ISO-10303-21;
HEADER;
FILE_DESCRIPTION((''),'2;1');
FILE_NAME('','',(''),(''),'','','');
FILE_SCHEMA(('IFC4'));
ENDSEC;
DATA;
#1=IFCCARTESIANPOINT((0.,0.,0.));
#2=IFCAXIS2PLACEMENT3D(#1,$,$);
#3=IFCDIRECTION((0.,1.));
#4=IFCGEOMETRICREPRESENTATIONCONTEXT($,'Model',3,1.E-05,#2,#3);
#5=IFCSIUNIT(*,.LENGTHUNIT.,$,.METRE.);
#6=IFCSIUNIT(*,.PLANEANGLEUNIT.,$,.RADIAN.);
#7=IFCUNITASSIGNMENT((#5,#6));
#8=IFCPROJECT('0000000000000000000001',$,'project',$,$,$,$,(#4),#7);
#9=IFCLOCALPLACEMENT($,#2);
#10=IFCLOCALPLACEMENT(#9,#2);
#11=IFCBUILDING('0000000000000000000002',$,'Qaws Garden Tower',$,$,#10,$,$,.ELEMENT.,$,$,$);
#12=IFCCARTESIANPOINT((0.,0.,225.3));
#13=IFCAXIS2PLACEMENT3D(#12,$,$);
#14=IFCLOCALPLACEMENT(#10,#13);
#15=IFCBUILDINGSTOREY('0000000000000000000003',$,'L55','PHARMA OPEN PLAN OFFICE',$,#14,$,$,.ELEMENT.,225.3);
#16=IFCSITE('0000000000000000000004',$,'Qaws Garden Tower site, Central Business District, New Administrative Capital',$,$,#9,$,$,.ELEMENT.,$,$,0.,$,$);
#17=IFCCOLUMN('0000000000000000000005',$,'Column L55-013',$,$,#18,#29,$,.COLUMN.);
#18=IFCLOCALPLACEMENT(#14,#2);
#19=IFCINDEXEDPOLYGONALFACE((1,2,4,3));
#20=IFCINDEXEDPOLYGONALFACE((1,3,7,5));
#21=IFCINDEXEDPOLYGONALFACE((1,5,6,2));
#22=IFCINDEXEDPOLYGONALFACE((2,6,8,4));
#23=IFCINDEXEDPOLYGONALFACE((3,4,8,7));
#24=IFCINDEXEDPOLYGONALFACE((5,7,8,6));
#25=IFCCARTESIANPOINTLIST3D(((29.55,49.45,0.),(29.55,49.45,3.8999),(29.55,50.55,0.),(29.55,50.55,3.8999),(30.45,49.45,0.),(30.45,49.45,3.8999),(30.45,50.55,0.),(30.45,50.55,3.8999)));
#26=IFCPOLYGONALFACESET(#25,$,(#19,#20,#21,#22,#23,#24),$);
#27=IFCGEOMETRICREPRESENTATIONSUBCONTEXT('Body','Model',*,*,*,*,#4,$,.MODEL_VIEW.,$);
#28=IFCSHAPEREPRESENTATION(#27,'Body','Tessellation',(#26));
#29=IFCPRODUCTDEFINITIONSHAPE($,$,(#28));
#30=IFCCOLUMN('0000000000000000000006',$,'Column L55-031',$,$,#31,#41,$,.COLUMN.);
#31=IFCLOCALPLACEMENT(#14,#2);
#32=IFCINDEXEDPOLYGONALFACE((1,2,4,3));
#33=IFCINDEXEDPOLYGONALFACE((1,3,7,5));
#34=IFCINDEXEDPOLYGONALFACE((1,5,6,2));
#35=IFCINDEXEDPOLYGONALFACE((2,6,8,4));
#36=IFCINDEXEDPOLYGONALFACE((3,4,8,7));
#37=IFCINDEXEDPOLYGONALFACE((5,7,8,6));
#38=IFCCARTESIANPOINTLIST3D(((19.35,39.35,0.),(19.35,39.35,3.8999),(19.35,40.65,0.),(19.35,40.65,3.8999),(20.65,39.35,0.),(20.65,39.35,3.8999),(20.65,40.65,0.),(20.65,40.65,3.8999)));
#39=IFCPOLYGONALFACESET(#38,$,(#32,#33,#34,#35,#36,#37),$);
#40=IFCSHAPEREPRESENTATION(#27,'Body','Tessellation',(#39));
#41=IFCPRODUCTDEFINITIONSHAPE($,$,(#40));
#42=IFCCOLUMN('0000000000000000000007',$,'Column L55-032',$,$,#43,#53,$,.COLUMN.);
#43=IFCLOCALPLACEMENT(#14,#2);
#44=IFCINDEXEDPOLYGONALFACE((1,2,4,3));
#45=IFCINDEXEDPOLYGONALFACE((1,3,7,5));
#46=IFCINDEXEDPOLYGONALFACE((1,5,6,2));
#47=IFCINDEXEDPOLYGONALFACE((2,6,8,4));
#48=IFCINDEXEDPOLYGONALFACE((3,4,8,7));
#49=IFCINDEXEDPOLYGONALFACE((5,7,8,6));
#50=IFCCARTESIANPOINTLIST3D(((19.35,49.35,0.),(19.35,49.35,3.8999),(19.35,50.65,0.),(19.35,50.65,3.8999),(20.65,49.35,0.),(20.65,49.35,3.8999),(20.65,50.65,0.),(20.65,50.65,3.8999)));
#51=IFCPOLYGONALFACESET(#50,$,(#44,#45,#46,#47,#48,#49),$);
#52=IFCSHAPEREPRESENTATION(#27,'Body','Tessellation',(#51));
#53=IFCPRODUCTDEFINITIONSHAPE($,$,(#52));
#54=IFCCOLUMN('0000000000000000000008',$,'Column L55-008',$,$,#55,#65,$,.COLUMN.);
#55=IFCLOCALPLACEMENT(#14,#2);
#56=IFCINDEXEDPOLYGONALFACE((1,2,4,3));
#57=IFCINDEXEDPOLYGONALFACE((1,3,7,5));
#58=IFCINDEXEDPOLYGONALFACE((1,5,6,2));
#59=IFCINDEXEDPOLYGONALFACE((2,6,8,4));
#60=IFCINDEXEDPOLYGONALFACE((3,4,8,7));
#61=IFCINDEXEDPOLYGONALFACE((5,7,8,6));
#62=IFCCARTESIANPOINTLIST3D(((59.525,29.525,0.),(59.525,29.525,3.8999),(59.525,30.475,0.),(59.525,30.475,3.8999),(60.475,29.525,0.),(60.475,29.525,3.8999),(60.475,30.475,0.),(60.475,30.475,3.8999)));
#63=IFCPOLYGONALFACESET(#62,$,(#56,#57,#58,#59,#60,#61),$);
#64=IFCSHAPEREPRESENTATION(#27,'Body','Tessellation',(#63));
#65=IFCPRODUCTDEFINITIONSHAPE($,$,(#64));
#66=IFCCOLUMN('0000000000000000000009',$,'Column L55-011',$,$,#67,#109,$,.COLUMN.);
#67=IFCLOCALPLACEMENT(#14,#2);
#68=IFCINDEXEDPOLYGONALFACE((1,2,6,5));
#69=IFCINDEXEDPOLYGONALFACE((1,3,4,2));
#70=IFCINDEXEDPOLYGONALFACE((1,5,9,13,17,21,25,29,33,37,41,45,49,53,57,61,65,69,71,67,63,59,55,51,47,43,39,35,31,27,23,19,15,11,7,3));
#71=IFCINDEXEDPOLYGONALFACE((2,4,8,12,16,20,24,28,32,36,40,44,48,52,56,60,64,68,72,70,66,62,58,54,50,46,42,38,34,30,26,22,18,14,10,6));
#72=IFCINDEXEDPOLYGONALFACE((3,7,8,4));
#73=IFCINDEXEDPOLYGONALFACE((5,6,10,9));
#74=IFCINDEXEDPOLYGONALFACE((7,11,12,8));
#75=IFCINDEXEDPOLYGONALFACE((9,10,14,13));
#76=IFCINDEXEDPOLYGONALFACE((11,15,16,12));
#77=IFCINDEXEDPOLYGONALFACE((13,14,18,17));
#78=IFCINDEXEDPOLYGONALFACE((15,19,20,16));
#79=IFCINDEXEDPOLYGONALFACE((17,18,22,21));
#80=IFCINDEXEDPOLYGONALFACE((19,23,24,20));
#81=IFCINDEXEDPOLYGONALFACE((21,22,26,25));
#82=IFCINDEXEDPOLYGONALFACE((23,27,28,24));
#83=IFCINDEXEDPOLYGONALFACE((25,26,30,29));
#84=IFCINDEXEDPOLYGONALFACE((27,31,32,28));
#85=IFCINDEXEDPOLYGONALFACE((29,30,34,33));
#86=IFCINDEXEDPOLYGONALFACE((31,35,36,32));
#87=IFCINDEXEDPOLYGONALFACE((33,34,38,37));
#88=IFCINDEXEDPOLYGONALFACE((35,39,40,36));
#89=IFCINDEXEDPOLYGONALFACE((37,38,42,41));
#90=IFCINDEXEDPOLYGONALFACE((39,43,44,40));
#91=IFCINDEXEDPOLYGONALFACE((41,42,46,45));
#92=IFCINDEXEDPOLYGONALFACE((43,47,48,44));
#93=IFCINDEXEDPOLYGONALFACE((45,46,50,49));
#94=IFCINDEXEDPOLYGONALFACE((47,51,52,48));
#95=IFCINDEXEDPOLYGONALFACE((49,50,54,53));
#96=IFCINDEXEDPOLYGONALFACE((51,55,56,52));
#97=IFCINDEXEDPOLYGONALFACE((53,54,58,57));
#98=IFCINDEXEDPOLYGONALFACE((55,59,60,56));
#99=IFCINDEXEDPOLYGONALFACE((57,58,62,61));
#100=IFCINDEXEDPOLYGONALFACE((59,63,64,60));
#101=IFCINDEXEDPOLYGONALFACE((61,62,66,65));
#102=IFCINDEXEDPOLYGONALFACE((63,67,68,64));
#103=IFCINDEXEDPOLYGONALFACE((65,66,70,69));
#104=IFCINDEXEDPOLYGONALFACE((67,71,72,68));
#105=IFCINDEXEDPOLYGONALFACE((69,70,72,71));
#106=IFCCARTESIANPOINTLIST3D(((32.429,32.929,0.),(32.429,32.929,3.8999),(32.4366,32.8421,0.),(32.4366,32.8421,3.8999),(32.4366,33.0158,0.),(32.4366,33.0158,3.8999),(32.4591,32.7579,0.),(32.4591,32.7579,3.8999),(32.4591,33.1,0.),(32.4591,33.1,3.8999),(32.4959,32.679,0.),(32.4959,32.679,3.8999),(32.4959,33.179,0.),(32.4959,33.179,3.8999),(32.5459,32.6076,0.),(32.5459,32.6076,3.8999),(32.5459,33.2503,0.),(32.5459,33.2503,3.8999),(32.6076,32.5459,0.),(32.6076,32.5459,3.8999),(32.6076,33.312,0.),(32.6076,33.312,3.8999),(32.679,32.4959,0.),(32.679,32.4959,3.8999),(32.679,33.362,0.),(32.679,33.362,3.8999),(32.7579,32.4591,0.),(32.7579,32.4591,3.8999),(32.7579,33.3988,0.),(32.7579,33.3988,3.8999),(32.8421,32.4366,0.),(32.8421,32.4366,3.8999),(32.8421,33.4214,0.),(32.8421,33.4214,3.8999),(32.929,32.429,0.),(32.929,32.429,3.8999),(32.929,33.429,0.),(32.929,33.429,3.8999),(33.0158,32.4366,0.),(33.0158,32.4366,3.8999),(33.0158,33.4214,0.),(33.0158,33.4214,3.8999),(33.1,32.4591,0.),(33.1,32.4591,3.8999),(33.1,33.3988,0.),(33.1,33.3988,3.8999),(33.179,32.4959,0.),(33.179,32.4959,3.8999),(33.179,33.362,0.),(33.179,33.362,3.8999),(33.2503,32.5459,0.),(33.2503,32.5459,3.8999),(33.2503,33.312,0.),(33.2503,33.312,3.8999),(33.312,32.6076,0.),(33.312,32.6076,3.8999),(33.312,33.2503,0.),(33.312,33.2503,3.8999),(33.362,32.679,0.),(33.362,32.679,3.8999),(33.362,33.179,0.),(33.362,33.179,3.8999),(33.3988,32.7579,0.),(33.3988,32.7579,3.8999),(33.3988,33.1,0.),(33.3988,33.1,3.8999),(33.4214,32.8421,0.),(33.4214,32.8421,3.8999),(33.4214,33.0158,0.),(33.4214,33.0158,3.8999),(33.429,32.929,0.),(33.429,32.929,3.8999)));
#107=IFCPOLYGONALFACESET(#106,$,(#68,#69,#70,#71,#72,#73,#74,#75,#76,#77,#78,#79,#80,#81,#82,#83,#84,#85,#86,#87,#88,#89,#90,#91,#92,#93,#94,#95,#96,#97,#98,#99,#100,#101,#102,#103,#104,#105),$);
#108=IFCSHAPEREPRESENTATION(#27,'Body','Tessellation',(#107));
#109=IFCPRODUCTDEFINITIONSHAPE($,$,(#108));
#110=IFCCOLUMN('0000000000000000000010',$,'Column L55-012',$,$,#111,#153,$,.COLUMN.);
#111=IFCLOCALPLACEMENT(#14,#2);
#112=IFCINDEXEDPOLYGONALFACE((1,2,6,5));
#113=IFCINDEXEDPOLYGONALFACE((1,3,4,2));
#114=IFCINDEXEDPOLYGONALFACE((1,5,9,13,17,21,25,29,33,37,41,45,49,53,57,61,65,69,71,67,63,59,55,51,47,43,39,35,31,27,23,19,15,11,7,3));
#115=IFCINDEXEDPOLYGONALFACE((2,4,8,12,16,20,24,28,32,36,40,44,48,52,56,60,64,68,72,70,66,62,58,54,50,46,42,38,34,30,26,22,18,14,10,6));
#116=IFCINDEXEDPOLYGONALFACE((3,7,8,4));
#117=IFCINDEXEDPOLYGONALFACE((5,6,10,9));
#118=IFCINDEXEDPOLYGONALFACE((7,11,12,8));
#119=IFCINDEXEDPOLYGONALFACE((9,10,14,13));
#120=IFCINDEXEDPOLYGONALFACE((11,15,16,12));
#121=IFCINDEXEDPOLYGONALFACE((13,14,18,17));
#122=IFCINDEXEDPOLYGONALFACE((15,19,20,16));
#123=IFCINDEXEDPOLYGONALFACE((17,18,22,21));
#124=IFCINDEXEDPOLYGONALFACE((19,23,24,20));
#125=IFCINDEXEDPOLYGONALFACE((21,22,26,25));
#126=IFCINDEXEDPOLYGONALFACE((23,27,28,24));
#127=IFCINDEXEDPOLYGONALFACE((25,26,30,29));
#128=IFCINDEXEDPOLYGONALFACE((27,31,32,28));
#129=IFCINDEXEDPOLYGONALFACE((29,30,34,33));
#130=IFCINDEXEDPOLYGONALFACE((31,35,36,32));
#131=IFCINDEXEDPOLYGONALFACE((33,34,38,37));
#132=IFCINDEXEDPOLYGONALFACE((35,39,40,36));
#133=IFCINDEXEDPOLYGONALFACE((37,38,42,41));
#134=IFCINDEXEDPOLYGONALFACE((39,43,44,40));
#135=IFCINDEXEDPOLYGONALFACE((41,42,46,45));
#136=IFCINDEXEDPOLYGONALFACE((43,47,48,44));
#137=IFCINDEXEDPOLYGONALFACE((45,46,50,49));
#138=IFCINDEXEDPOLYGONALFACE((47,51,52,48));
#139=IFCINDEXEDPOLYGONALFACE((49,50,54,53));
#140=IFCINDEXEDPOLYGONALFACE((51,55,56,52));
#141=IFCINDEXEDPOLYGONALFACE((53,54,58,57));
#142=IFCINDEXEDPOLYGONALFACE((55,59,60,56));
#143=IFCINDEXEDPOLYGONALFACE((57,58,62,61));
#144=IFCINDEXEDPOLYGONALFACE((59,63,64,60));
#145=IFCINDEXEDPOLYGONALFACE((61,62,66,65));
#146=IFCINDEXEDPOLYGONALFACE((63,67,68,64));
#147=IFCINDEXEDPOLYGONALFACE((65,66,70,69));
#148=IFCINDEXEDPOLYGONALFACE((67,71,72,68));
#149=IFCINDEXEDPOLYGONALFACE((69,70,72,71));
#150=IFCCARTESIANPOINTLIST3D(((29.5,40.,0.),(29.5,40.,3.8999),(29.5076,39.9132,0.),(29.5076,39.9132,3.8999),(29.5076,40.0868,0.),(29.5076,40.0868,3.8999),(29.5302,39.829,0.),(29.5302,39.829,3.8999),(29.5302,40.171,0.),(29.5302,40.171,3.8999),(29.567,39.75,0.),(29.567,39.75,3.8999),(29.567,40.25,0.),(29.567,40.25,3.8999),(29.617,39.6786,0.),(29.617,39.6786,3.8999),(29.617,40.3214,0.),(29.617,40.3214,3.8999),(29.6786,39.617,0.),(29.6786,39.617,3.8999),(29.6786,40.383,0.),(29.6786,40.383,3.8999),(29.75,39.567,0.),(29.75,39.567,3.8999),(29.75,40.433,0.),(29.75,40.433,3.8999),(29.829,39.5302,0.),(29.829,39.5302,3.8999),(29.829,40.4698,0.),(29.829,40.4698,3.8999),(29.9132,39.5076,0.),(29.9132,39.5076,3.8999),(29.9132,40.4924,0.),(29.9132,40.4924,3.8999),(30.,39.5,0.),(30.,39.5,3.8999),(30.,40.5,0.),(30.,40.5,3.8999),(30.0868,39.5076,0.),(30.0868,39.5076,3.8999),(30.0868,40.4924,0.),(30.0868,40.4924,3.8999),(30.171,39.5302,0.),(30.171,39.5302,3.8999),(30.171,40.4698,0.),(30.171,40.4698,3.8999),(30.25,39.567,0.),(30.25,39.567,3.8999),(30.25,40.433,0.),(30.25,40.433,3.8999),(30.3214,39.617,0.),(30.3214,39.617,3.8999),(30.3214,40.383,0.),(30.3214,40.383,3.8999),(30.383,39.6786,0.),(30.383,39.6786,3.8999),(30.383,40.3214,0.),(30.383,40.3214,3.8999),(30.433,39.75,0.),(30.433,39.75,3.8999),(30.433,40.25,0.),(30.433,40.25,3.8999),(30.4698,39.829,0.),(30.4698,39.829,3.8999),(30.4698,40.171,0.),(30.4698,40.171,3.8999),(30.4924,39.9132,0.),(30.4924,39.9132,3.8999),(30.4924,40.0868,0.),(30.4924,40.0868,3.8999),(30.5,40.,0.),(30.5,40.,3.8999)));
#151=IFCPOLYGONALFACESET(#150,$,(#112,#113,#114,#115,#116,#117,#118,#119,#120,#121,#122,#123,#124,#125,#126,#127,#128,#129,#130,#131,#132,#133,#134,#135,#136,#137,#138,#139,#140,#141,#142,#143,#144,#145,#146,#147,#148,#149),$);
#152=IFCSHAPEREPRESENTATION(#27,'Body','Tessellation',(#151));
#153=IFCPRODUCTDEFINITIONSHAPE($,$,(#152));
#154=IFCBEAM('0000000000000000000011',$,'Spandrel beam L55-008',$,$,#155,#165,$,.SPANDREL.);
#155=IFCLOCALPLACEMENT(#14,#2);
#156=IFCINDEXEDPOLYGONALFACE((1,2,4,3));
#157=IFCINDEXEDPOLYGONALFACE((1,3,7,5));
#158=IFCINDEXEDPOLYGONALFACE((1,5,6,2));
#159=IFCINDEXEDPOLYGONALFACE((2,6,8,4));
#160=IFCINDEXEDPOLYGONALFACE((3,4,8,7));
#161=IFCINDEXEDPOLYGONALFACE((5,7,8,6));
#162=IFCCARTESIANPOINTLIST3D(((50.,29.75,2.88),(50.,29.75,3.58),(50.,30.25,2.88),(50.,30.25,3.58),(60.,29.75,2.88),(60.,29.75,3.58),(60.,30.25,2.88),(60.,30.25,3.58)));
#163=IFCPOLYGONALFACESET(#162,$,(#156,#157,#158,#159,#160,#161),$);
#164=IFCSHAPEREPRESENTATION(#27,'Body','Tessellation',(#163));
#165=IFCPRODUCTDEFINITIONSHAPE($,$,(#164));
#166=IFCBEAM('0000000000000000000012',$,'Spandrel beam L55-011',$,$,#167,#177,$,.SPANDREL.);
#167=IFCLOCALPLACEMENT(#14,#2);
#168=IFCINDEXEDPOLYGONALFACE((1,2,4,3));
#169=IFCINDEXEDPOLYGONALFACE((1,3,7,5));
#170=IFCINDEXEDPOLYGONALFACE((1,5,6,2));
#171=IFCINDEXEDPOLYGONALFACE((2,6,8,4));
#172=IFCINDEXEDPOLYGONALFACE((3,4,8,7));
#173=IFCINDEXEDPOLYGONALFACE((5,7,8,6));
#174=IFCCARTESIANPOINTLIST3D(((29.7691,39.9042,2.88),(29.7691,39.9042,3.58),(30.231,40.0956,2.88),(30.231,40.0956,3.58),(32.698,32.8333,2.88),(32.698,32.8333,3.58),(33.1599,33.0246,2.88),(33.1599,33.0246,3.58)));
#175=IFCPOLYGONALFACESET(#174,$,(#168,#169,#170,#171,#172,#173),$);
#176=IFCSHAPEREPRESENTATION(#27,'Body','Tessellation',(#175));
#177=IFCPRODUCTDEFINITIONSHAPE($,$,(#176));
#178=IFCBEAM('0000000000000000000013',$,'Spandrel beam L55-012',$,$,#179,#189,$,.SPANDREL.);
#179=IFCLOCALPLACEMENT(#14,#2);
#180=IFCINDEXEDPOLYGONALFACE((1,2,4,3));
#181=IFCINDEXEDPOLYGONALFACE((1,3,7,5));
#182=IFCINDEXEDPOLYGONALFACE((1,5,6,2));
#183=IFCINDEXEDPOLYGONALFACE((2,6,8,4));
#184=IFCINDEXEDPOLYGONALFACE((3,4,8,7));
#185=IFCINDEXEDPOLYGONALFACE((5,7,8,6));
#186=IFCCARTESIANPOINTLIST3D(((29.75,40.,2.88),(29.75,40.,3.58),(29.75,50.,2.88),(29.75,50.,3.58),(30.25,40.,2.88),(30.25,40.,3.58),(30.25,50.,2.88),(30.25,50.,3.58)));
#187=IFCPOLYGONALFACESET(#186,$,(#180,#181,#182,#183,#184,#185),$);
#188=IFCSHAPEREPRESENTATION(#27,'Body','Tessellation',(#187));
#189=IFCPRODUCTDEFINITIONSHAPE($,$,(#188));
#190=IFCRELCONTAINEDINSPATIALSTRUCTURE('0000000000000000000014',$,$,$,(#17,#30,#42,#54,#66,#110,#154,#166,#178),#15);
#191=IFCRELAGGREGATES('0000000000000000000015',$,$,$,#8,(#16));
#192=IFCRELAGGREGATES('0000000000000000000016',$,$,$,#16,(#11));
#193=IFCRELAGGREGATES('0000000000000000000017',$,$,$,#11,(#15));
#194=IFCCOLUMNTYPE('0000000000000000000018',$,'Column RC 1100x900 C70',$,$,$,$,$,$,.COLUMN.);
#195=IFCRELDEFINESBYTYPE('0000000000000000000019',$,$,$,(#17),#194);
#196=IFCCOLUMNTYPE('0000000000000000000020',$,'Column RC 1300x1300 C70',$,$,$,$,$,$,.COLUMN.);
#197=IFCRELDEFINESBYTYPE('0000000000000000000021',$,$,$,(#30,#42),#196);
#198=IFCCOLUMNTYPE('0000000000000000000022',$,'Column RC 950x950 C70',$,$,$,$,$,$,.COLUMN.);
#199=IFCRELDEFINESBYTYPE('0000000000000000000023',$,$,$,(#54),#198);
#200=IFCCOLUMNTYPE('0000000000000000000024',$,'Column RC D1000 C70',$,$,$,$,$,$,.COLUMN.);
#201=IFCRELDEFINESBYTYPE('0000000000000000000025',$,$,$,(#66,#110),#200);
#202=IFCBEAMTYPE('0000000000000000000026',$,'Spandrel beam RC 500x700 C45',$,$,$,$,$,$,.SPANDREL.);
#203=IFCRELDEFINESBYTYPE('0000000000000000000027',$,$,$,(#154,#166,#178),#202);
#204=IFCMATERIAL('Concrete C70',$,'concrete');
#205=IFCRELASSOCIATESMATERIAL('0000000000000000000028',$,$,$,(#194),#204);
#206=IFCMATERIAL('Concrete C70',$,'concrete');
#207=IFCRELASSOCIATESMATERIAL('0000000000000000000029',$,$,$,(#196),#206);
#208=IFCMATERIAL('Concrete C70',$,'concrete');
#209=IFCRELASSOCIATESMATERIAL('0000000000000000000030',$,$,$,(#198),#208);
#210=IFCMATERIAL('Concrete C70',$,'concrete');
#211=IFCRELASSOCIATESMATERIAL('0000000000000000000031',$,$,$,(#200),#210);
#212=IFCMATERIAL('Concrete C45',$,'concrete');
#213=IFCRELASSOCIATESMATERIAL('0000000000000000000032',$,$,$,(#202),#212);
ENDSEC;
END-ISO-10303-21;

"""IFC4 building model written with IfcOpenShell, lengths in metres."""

from ifc_helpers import new_model, si_unit, direction, frame, origin, origin_2d, place, context, subcontext, project, spatial, rectangle, circle, extrude, material, material_profile, profile_set, type_object, element, save


model = new_model("IFC4")

# Units and contexts
model_context = context("Model", 3, precision=1e-05, world=origin(), true_north=direction((0.0, 1.0)))
body_context = subcontext(model_context, "Body", "Model", "MODEL_VIEW")
ifc_project = project(units=[si_unit("LENGTHUNIT", "METRE"), si_unit("PLANEANGLEUNIT", "RADIAN")], contexts=[model_context])

# Site, building, storey
site_placement = place(None, origin())
site = spatial("IfcSite", under=ifc_project, at=site_placement, Name="Qaws Garden Tower site, Central Business District, New Administrative Capital", CompositionType="ELEMENT", RefElevation=0.0)
building_placement = place(site_placement, origin())
building = spatial("IfcBuilding", under=site, at=building_placement, Name="Qaws Garden Tower", CompositionType="ELEMENT")
storey_placement = place(building_placement, frame((0.0, 0.0, 225.3)))
storey = spatial("IfcBuildingStorey", under=building, at=storey_placement, Name="L55", Description="PHARMA OPEN PLAN OFFICE", CompositionType="ELEMENT", Elevation=225.3)

# Columns
ifc_material_1 = material(Name="Concrete C70", Category="concrete")
ifc_material_profile_1 = material_profile(ifc_material_1, rectangle(XDim=1.1001, YDim=0.8999, at=origin_2d()), Name="RC 1100x900")
ifc_profile_set_1 = profile_set([ifc_material_profile_1], Name="Concrete C70")
column_type_1 = type_object("IfcColumnType", Name="Column RC 1100x900 C70", PredefinedType="COLUMN", material=ifc_profile_set_1)
column_1_placement = place(storey_placement, frame((30.0, 50.0, 0.0), z_axis=(0.0, 0.0, 1.0), x_axis=(0.0, 1.0, 0.0)))
element("IfcColumn", 1, at=column_1_placement, inside=storey, type_object=column_type_1, Name="Column L55-013", PredefinedType="COLUMN", context=body_context, shape_type="SweptSolid", body=[
    extrude(rectangle(XDim=1.1001, YDim=0.8999, at=origin_2d()), origin(), (0.0, 0.0, 1.0), 3.8999),
])
ifc_material_2 = material(Name="Concrete C70", Category="concrete")
ifc_material_profile_2 = material_profile(ifc_material_2, rectangle(XDim=1.3, YDim=1.3, at=origin_2d()), Name="RC 1300x1300")
ifc_profile_set_2 = profile_set([ifc_material_profile_2], Name="Concrete C70")
column_type_2 = type_object("IfcColumnType", Name="Column RC 1300x1300 C70", PredefinedType="COLUMN", material=ifc_profile_set_2)
for number, where, z_axis, x_axis, name in (
    (2, (20.0, 40.0, 0.0), (0.0, 0.0, 1.0), (1.0, 0.0, 0.0), "Column L55-031"),
    (3, (20.0, 50.0, 0.0), (0.0, 0.0, 1.0), (1.0, 0.0, 0.0), "Column L55-032"),
):
    element("IfcColumn", number, at=place(storey_placement, frame(where, z_axis=z_axis, x_axis=x_axis)), inside=storey, type_object=column_type_2, Name=name, PredefinedType="COLUMN", context=body_context, shape_type="SweptSolid", body=[
        extrude(rectangle(XDim=1.3, YDim=1.3, at=origin_2d()), origin(), (0.0, 0.0, 1.0), 3.8999),
    ])
ifc_material_3 = material(Name="Concrete C70", Category="concrete")
ifc_material_profile_3 = material_profile(ifc_material_3, rectangle(XDim=0.95, YDim=0.95, at=origin_2d()), Name="RC 950x950")
ifc_profile_set_3 = profile_set([ifc_material_profile_3], Name="Concrete C70")
column_type_3 = type_object("IfcColumnType", Name="Column RC 950x950 C70", PredefinedType="COLUMN", material=ifc_profile_set_3)
column_2_placement = place(storey_placement, frame((60.0, 30.0, 0.0), z_axis=(0.0, 0.0, 1.0), x_axis=(1.0, 0.0, 0.0)))
element("IfcColumn", 4, at=column_2_placement, inside=storey, type_object=column_type_3, Name="Column L55-008", PredefinedType="COLUMN", context=body_context, shape_type="SweptSolid", body=[
    extrude(rectangle(XDim=0.95, YDim=0.95, at=origin_2d()), origin(), (0.0, 0.0, 1.0), 3.8999),
])
ifc_material_4 = material(Name="Concrete C70", Category="concrete")
ifc_material_profile_4 = material_profile(ifc_material_4, circle(Radius=0.5, at=origin_2d()), Name="RC D1000")
ifc_profile_set_4 = profile_set([ifc_material_profile_4], Name="Concrete C70")
column_type_4 = type_object("IfcColumnType", Name="Column RC D1000 C70", PredefinedType="COLUMN", material=ifc_profile_set_4)
for number, where, z_axis, x_axis, name in (
    (5, (32.929, 32.929, 0.0), (0.0, 0.0, 1.0), (1.0, 0.0, 0.0), "Column L55-011"),
    (6, (30.0, 40.0, 0.0), (0.0, 0.0, 1.0), (1.0, 0.0, 0.0), "Column L55-012"),
):
    element("IfcColumn", number, at=place(storey_placement, frame(where, z_axis=z_axis, x_axis=x_axis)), inside=storey, type_object=column_type_4, Name=name, PredefinedType="COLUMN", context=body_context, shape_type="SweptSolid", body=[
        extrude(circle(Radius=0.5, at=origin_2d()), origin(), (0.0, 0.0, 1.0), 3.8999),
    ])

# Beams
ifc_material_5 = material(Name="Concrete C45", Category="concrete")
ifc_material_profile_5 = material_profile(ifc_material_5, rectangle(XDim=0.5, YDim=0.7, at=origin_2d()), Name="RC 500x700")
ifc_profile_set_5 = profile_set([ifc_material_profile_5], Name="Concrete C45")
beam_type = type_object("IfcBeamType", Name="Spandrel beam RC 500x700 C45", PredefinedType="SPANDREL", material=ifc_profile_set_5)
beam_1_placement = place(storey_placement, frame((60.0, 30.0, 3.23), z_axis=(-1.0, 0.0, 0.0), x_axis=(0.0, -1.0, 0.0)))
element("IfcBeam", 7, at=beam_1_placement, inside=storey, type_object=beam_type, Name="Spandrel beam L55-008", PredefinedType="SPANDREL", context=body_context, shape_type="SweptSolid", body=[
    extrude(rectangle(XDim=0.5, YDim=0.7, at=origin_2d()), origin(), (0.0, 0.0, 1.0), 10.0),
])
beam_2_placement = place(storey_placement, frame((32.929, 32.929, 3.23), z_axis=(-0.382687, 0.923878, 0.0), x_axis=(-0.923878, -0.382687, 0.0)))
element("IfcBeam", 8, at=beam_2_placement, inside=storey, type_object=beam_type, Name="Spandrel beam L55-011", PredefinedType="SPANDREL", context=body_context, shape_type="SweptSolid", body=[
    extrude(rectangle(XDim=0.5, YDim=0.7, at=origin_2d()), origin(), (0.0, 0.0, 1.0), 7.6536),
])
for number, where, z_axis, x_axis, name in (
    (9, (30.0, 40.0, 3.23), (0.0, 1.0, 0.0), (-1.0, 0.0, 0.0), "Spandrel beam L55-012"),
):
    element("IfcBeam", number, at=place(storey_placement, frame(where, z_axis=z_axis, x_axis=x_axis)), inside=storey, type_object=beam_type, Name=name, PredefinedType="SPANDREL", context=body_context, shape_type="SweptSolid", body=[
        extrude(rectangle(XDim=0.5, YDim=0.7, at=origin_2d()), origin(), (0.0, 0.0, 1.0), 10.0),
    ])

save(model, "model.ifc")
